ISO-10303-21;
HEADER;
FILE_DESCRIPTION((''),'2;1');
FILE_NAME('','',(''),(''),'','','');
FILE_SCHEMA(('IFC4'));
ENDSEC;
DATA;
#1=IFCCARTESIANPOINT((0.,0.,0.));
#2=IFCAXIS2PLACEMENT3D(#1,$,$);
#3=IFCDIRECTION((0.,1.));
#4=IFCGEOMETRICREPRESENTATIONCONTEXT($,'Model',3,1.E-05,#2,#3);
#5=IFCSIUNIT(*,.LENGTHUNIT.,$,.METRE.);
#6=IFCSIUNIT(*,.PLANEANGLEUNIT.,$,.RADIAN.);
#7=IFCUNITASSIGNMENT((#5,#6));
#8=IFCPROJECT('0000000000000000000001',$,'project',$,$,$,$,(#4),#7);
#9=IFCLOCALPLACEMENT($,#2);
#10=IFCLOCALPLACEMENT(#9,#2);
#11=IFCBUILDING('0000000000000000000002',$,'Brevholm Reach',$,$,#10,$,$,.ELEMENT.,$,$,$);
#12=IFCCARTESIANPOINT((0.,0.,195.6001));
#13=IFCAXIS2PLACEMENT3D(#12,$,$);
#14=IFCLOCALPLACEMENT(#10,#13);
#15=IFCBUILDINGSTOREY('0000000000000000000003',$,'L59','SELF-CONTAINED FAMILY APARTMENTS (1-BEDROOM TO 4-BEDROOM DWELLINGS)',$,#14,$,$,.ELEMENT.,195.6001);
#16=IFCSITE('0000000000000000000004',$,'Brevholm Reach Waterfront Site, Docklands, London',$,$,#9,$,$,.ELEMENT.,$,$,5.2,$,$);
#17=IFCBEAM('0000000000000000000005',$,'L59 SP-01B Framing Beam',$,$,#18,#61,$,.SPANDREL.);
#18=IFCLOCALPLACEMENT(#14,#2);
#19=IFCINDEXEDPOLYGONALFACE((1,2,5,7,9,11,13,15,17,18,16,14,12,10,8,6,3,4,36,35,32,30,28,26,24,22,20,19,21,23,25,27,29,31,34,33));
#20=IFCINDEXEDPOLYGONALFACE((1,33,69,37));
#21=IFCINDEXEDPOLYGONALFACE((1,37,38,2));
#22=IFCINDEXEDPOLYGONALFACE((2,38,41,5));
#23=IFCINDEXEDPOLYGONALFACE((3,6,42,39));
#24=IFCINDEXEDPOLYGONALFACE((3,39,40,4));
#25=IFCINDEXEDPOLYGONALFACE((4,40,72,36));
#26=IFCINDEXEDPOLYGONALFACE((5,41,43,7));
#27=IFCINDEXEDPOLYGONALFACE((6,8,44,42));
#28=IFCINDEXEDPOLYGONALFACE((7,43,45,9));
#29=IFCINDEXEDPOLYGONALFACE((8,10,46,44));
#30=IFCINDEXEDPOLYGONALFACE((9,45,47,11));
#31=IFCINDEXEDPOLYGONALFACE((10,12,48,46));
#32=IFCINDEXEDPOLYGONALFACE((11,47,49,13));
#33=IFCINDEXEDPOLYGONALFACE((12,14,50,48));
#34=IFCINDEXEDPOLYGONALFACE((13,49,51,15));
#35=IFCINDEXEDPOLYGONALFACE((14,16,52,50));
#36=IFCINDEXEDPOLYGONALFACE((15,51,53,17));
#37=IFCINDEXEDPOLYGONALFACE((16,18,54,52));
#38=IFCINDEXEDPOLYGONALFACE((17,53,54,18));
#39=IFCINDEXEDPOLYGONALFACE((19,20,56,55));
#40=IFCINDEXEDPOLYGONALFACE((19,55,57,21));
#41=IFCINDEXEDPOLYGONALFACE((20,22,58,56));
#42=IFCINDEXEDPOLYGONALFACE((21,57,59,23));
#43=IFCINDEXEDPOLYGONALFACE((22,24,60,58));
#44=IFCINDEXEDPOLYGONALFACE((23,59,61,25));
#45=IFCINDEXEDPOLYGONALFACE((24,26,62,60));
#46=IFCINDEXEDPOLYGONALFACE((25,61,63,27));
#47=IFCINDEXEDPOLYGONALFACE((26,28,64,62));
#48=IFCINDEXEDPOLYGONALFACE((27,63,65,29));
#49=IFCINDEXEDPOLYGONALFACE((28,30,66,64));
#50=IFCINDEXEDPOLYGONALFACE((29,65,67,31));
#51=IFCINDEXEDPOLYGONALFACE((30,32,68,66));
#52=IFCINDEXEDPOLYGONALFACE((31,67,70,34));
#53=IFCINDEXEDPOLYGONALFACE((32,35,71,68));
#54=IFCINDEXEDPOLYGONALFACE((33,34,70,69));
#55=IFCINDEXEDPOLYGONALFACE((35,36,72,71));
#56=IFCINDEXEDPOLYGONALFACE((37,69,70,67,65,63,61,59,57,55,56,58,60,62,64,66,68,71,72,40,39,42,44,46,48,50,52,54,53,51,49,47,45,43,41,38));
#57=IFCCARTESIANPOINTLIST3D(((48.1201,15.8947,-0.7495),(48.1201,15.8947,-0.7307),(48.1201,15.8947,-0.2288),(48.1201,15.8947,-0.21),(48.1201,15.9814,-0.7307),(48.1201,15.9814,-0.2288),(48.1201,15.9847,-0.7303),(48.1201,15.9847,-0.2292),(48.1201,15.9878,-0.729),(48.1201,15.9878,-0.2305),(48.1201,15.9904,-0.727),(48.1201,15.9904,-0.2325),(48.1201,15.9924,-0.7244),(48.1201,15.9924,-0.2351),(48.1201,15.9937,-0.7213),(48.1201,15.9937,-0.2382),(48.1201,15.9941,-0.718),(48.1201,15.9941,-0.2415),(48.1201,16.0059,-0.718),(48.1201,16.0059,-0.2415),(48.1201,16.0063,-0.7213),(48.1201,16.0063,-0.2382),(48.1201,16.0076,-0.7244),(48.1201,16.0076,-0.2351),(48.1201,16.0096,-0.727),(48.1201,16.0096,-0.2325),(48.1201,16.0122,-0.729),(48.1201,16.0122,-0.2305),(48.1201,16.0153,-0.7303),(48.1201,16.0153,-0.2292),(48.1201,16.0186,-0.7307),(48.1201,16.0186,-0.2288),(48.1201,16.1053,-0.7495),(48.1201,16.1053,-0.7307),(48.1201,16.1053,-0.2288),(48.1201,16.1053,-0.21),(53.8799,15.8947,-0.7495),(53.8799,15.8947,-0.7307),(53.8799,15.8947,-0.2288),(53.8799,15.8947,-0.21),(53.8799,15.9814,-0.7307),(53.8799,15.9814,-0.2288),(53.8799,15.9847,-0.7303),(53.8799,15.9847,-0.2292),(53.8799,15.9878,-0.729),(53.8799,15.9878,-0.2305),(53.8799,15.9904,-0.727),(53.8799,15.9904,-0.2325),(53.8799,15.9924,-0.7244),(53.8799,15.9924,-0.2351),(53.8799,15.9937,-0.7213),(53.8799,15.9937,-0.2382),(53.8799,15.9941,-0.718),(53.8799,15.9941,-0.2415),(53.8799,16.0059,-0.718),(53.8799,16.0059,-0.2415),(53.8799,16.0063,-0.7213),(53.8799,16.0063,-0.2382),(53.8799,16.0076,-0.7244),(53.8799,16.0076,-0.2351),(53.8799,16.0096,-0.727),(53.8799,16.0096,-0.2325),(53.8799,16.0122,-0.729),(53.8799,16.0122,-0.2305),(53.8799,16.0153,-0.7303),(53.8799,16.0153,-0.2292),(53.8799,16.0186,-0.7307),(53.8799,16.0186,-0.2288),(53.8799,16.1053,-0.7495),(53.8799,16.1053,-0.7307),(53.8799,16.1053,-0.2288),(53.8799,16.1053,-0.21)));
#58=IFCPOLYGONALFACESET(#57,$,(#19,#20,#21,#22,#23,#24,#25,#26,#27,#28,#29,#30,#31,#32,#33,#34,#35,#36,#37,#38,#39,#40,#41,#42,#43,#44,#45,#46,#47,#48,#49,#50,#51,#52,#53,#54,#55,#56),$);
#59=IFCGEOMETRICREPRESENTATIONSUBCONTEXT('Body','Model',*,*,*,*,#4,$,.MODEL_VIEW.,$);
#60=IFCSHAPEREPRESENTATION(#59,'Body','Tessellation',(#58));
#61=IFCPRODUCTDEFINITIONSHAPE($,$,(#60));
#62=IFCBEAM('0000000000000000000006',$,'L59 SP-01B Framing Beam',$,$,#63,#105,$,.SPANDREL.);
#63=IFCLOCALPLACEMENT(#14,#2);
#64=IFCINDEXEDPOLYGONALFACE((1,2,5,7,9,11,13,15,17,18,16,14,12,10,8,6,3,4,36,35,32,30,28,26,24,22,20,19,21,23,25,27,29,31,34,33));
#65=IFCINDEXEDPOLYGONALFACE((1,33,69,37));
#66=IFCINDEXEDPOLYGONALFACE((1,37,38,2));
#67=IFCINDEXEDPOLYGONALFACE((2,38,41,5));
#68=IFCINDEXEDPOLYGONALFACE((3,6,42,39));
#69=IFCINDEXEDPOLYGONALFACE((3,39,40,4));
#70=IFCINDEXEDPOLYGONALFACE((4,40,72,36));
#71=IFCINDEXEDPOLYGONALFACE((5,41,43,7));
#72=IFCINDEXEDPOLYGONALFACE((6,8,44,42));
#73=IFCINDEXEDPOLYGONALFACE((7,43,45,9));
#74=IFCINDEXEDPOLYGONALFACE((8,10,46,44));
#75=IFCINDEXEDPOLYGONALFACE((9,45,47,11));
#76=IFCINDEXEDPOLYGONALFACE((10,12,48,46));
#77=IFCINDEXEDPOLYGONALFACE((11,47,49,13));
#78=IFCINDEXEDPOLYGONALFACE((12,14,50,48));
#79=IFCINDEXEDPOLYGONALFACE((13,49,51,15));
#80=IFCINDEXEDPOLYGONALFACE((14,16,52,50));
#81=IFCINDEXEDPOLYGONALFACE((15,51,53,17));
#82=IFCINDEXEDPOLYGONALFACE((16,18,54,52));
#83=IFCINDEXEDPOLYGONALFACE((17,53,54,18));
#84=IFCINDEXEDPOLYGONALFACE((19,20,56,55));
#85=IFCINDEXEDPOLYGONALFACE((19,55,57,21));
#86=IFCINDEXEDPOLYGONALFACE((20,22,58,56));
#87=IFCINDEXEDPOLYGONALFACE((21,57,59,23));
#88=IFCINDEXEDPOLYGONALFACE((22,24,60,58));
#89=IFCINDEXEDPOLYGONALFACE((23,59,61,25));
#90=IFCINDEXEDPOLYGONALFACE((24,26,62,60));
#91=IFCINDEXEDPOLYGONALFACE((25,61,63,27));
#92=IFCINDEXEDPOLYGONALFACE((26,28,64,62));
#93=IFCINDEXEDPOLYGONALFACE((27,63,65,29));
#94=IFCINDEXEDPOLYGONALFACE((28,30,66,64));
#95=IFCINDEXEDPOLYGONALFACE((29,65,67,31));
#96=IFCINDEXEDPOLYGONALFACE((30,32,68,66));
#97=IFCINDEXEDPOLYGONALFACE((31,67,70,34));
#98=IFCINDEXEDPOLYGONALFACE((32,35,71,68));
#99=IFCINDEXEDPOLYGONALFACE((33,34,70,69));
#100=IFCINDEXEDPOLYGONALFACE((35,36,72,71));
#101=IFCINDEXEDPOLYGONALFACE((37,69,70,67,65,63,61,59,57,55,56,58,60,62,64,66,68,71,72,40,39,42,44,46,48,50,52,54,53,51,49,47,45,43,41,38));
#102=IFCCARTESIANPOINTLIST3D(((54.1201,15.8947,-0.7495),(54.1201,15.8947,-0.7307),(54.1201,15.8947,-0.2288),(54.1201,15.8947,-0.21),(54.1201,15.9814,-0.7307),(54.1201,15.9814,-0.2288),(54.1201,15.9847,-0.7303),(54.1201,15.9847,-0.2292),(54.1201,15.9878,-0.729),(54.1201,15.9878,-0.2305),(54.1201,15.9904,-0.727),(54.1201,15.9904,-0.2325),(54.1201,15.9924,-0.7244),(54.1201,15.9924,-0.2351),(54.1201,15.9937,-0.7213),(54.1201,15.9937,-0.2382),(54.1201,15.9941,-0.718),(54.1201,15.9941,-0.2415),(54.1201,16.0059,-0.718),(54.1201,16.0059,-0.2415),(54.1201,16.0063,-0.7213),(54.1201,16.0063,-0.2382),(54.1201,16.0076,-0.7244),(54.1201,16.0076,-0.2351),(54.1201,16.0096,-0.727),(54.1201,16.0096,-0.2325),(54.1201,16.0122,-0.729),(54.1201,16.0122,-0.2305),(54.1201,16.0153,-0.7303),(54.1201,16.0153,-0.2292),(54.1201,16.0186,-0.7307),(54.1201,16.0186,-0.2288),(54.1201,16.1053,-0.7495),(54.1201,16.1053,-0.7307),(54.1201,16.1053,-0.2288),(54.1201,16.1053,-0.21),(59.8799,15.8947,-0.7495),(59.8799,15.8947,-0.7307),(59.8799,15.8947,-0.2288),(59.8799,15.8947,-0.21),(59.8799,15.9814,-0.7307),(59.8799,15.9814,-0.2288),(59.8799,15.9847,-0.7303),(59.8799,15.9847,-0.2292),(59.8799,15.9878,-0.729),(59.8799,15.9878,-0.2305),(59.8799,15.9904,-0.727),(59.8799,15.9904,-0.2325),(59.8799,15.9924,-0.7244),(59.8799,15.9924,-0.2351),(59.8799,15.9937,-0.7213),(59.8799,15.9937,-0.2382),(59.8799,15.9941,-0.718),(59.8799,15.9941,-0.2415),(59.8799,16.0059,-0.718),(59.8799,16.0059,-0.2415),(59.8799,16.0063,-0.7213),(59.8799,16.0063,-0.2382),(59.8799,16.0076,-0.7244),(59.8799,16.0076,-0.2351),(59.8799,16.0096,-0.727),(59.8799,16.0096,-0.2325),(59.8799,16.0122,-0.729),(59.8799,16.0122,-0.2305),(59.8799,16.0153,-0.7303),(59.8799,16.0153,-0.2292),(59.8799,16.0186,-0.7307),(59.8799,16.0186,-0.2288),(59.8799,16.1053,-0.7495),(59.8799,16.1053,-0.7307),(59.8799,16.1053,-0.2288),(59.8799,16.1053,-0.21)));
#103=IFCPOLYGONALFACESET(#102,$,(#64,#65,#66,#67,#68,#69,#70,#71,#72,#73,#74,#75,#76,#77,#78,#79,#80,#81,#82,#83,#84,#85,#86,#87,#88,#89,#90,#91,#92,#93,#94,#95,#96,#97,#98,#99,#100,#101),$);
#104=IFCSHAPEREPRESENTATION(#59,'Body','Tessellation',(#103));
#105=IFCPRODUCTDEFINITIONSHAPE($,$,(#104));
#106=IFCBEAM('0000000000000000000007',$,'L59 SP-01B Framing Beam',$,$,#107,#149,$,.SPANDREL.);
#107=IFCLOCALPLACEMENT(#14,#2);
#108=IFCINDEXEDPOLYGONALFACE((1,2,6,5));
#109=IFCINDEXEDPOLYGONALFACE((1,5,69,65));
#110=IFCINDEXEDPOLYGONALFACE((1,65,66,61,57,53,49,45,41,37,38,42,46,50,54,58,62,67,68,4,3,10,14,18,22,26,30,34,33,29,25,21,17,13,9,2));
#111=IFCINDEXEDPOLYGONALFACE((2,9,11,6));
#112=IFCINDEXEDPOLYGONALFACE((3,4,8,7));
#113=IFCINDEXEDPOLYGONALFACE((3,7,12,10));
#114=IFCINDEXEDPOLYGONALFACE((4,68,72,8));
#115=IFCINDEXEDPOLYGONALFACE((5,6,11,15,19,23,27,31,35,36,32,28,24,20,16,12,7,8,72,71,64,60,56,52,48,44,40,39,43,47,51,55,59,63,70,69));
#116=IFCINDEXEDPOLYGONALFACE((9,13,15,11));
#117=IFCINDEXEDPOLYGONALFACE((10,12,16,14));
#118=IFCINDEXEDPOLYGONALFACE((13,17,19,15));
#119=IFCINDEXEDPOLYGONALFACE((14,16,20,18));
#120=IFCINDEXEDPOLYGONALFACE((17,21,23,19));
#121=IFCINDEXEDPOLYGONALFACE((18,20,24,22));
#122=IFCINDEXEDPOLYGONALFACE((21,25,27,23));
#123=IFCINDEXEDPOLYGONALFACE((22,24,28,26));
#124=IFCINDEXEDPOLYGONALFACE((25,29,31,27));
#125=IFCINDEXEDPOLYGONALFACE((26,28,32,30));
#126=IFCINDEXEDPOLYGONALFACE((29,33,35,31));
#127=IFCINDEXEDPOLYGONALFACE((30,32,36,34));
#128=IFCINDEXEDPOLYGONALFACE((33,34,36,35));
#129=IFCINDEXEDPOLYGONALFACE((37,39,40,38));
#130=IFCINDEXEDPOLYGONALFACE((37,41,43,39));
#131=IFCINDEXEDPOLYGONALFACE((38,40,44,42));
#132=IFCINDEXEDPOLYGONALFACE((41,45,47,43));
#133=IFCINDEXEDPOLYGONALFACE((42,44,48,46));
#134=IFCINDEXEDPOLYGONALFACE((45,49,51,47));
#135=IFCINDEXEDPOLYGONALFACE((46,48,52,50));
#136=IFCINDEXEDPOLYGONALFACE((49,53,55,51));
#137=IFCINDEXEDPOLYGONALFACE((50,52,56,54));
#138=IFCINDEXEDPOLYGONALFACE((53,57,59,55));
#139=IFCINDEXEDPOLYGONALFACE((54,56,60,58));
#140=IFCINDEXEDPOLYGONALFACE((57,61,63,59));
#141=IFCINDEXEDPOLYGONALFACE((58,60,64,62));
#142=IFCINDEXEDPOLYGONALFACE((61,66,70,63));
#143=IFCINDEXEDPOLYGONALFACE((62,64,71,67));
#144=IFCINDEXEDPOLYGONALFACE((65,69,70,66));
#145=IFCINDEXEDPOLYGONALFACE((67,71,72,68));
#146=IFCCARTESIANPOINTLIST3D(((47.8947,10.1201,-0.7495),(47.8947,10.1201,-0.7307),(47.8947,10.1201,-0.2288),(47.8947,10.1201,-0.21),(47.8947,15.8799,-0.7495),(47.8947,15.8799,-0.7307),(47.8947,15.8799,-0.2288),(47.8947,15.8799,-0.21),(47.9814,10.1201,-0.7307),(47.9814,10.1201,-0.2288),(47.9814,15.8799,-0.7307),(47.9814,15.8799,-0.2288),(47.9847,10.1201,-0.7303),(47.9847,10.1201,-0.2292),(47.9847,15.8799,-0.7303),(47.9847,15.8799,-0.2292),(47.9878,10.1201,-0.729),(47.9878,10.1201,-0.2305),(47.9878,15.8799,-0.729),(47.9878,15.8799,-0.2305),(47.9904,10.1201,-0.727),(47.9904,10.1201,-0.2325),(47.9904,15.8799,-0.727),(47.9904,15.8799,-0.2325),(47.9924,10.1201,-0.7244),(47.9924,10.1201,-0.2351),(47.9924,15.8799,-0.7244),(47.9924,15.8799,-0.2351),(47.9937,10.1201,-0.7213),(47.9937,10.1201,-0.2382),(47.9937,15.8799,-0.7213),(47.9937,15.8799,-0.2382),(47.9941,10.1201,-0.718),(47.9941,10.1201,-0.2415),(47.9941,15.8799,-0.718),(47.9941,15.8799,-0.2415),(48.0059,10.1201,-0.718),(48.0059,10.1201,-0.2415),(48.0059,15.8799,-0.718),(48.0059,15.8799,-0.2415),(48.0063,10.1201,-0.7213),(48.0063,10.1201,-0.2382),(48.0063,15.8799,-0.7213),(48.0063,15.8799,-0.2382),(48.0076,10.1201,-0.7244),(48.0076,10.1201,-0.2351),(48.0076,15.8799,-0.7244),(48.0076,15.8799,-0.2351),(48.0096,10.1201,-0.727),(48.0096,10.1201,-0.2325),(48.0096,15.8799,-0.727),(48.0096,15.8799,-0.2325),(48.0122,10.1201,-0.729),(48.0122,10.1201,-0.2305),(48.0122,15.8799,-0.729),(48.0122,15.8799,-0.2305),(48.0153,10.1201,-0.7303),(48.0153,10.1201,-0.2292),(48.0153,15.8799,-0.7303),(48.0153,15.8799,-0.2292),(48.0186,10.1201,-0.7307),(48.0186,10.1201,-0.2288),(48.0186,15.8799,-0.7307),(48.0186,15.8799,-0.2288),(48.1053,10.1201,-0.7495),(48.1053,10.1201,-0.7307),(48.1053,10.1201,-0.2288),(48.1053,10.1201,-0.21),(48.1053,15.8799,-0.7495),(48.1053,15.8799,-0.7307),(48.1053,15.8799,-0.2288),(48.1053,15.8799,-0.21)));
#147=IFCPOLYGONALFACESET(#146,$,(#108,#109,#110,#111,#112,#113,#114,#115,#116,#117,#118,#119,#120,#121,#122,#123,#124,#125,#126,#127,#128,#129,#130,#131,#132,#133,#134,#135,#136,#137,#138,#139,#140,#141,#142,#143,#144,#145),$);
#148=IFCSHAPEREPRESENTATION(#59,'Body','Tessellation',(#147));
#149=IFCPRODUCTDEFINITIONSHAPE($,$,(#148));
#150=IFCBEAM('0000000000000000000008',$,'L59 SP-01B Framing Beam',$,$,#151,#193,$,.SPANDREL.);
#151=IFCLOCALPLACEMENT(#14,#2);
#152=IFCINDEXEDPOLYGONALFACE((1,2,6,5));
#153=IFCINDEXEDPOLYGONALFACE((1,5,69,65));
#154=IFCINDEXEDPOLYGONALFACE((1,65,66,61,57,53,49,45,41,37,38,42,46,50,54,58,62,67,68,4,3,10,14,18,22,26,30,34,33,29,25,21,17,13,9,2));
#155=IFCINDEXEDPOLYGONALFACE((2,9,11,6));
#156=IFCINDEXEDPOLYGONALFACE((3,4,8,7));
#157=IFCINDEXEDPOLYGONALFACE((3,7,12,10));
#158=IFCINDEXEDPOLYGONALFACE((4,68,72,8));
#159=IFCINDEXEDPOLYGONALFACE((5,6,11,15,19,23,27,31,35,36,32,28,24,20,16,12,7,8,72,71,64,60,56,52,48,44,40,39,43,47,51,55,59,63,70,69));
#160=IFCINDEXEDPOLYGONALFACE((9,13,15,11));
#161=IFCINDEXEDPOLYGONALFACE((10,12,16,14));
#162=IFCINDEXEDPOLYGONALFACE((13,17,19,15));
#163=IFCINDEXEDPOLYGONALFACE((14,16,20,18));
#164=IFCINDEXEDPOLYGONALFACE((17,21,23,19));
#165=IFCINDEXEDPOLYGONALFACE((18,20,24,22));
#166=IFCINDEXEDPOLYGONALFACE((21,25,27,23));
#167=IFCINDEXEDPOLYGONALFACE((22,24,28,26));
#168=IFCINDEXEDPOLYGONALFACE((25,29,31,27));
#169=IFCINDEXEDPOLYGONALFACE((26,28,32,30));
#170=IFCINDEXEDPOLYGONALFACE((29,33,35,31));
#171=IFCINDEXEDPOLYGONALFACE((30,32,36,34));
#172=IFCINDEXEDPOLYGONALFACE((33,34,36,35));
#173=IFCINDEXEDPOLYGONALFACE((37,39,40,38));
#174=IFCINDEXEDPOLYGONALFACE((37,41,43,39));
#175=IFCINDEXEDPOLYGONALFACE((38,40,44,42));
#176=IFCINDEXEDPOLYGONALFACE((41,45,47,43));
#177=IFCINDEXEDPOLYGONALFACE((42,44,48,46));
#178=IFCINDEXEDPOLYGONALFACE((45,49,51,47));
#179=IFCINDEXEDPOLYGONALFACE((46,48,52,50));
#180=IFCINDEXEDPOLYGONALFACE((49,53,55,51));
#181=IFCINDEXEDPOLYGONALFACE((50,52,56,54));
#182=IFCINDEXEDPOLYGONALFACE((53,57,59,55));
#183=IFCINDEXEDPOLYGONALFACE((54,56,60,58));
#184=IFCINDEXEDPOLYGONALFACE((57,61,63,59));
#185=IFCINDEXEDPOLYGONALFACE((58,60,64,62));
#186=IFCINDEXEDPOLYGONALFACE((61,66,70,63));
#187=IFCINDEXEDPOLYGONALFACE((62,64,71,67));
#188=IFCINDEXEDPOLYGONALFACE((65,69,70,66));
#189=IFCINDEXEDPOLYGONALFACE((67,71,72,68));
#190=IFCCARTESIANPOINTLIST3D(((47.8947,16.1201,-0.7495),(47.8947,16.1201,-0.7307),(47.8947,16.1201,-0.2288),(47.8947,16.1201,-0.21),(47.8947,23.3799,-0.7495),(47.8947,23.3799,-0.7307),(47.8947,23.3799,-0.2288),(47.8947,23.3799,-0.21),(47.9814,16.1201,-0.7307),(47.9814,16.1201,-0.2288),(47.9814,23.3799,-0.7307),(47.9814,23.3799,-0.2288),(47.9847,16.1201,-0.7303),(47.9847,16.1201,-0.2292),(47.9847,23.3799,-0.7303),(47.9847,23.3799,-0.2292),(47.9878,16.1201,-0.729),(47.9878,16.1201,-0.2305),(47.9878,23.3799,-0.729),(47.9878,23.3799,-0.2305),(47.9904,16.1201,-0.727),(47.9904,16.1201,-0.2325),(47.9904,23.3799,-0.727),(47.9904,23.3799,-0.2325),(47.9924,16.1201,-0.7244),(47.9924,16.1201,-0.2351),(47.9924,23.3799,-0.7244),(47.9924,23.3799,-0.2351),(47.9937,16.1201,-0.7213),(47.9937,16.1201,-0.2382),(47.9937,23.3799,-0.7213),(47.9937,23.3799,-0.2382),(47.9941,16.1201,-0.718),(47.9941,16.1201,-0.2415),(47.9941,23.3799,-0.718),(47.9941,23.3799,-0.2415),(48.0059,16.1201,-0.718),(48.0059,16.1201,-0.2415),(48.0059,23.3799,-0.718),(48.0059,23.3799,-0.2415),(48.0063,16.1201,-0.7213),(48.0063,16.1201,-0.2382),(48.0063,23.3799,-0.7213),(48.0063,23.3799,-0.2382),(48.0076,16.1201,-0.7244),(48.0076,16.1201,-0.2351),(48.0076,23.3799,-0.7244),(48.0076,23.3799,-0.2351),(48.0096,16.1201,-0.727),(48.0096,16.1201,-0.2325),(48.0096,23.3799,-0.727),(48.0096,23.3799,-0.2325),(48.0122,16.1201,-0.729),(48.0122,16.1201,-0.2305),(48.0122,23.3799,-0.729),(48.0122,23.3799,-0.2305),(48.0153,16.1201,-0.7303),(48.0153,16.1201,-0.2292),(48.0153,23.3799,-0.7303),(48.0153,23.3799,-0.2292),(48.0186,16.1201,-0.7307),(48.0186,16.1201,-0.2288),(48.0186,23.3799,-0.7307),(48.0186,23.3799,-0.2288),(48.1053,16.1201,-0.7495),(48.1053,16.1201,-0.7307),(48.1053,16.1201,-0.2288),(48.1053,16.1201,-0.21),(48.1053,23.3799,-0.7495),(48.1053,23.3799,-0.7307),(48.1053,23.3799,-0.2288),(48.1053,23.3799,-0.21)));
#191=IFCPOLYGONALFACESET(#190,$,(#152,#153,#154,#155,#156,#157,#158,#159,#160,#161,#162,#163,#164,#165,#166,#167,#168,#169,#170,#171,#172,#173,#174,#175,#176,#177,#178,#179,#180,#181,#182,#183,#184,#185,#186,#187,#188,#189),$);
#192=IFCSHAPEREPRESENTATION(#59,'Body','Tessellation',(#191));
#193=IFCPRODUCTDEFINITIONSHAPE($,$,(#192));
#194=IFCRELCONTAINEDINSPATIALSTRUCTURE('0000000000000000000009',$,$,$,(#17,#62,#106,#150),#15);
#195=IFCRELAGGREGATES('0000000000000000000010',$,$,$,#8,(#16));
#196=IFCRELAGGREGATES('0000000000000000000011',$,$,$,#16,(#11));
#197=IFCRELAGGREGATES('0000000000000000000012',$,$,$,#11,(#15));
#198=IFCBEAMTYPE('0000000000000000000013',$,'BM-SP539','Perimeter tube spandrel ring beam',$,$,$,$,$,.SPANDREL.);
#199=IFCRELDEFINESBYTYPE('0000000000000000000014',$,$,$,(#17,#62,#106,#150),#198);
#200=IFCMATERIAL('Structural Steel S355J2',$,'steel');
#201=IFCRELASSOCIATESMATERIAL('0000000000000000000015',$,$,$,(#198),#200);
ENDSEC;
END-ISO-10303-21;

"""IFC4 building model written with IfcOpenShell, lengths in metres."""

from ifc_helpers import new_model, si_unit, direction, frame, origin, origin_2d, place, context, subcontext, project, spatial, i_section, extrude, material, material_profile, profile_set, type_object, element, save


model = new_model("IFC4")

# Units and contexts
model_context = context("Model", 3, precision=1e-05, world=origin(), true_north=direction((0.0, 1.0)))
body_context = subcontext(model_context, "Body", "Model", "MODEL_VIEW")
ifc_project = project(units=[si_unit("LENGTHUNIT", "METRE"), si_unit("PLANEANGLEUNIT", "RADIAN")], contexts=[model_context])

# Site, building, storey
site_placement = place(None, origin())
site = spatial("IfcSite", under=ifc_project, at=site_placement, Name="Brevholm Reach Waterfront Site, Docklands, London", CompositionType="ELEMENT", RefElevation=5.2)
building_placement = place(site_placement, origin())
building = spatial("IfcBuilding", under=site, at=building_placement, Name="Brevholm Reach", CompositionType="ELEMENT")
storey_placement = place(building_placement, frame((0.0, 0.0, 195.6001)))
storey = spatial("IfcBuildingStorey", under=building, at=storey_placement, Name="L59", Description="SELF-CONTAINED FAMILY APARTMENTS (1-BEDROOM TO 4-BEDROOM DWELLINGS)", CompositionType="ELEMENT", Elevation=195.6001)

# Beams
ifc_material_1 = material(Name="Structural Steel S355J2", Category="steel")
ifc_material_profile_1 = material_profile(ifc_material_1, i_section(OverallWidth=0.2107, OverallDepth=0.5396, WebThickness=0.0117, FlangeThickness=0.0188, FilletRadius=0.0127, at=origin_2d()), Name="UKB 533x210x109")
ifc_profile_set_1 = profile_set([ifc_material_profile_1], Name="Structural Steel S355J2")
beam_type_1 = type_object("IfcBeamType", Name="BM-SP539", Description="Perimeter tube spandrel ring beam", PredefinedType="SPANDREL", material=ifc_profile_set_1)
for number, where, z_axis, x_axis, name in (
    (1, (48.1201, 16.0, -0.4797), (1.0, 0.0, 0.0), (0.0, 1.0, 0.0), "L59 SP-01B Framing Beam"),
    (2, (54.1201, 16.0, -0.4797), (1.0, 0.0, 0.0), (0.0, 1.0, 0.0), "L59 SP-01B Framing Beam"),
    (3, (48.0, 10.1201, -0.4797), (0.0, 1.0, 0.0), (-1.0, 0.0, 0.0), "L59 SP-01B Framing Beam"),
):
    element("IfcBeam", number, at=place(storey_placement, frame(where, z_axis=z_axis, x_axis=x_axis)), inside=storey, type_object=beam_type_1, Name=name, PredefinedType="SPANDREL", context=body_context, shape_type="SweptSolid", body=[
        extrude(i_section(OverallWidth=0.2107, OverallDepth=0.5396, WebThickness=0.0117, FlangeThickness=0.0188, FilletRadius=0.0127, at=origin_2d()), origin(), (0.0, 0.0, 1.0), 5.7598),
    ])
beam_1_placement = place(storey_placement, frame((48.0, 16.1201, -0.4797), z_axis=(0.0, 1.0, 0.0), x_axis=(-1.0, 0.0, 0.0)))
element("IfcBeam", 4, at=beam_1_placement, inside=storey, type_object=beam_type_1, Name="L59 SP-01B Framing Beam", PredefinedType="SPANDREL", context=body_context, shape_type="SweptSolid", body=[
    extrude(i_section(OverallWidth=0.2107, OverallDepth=0.5396, WebThickness=0.0117, FlangeThickness=0.0188, FilletRadius=0.0127, at=origin_2d()), origin(), (0.0, 0.0, 1.0), 7.2598),
])

save(model, "model.ifc")
